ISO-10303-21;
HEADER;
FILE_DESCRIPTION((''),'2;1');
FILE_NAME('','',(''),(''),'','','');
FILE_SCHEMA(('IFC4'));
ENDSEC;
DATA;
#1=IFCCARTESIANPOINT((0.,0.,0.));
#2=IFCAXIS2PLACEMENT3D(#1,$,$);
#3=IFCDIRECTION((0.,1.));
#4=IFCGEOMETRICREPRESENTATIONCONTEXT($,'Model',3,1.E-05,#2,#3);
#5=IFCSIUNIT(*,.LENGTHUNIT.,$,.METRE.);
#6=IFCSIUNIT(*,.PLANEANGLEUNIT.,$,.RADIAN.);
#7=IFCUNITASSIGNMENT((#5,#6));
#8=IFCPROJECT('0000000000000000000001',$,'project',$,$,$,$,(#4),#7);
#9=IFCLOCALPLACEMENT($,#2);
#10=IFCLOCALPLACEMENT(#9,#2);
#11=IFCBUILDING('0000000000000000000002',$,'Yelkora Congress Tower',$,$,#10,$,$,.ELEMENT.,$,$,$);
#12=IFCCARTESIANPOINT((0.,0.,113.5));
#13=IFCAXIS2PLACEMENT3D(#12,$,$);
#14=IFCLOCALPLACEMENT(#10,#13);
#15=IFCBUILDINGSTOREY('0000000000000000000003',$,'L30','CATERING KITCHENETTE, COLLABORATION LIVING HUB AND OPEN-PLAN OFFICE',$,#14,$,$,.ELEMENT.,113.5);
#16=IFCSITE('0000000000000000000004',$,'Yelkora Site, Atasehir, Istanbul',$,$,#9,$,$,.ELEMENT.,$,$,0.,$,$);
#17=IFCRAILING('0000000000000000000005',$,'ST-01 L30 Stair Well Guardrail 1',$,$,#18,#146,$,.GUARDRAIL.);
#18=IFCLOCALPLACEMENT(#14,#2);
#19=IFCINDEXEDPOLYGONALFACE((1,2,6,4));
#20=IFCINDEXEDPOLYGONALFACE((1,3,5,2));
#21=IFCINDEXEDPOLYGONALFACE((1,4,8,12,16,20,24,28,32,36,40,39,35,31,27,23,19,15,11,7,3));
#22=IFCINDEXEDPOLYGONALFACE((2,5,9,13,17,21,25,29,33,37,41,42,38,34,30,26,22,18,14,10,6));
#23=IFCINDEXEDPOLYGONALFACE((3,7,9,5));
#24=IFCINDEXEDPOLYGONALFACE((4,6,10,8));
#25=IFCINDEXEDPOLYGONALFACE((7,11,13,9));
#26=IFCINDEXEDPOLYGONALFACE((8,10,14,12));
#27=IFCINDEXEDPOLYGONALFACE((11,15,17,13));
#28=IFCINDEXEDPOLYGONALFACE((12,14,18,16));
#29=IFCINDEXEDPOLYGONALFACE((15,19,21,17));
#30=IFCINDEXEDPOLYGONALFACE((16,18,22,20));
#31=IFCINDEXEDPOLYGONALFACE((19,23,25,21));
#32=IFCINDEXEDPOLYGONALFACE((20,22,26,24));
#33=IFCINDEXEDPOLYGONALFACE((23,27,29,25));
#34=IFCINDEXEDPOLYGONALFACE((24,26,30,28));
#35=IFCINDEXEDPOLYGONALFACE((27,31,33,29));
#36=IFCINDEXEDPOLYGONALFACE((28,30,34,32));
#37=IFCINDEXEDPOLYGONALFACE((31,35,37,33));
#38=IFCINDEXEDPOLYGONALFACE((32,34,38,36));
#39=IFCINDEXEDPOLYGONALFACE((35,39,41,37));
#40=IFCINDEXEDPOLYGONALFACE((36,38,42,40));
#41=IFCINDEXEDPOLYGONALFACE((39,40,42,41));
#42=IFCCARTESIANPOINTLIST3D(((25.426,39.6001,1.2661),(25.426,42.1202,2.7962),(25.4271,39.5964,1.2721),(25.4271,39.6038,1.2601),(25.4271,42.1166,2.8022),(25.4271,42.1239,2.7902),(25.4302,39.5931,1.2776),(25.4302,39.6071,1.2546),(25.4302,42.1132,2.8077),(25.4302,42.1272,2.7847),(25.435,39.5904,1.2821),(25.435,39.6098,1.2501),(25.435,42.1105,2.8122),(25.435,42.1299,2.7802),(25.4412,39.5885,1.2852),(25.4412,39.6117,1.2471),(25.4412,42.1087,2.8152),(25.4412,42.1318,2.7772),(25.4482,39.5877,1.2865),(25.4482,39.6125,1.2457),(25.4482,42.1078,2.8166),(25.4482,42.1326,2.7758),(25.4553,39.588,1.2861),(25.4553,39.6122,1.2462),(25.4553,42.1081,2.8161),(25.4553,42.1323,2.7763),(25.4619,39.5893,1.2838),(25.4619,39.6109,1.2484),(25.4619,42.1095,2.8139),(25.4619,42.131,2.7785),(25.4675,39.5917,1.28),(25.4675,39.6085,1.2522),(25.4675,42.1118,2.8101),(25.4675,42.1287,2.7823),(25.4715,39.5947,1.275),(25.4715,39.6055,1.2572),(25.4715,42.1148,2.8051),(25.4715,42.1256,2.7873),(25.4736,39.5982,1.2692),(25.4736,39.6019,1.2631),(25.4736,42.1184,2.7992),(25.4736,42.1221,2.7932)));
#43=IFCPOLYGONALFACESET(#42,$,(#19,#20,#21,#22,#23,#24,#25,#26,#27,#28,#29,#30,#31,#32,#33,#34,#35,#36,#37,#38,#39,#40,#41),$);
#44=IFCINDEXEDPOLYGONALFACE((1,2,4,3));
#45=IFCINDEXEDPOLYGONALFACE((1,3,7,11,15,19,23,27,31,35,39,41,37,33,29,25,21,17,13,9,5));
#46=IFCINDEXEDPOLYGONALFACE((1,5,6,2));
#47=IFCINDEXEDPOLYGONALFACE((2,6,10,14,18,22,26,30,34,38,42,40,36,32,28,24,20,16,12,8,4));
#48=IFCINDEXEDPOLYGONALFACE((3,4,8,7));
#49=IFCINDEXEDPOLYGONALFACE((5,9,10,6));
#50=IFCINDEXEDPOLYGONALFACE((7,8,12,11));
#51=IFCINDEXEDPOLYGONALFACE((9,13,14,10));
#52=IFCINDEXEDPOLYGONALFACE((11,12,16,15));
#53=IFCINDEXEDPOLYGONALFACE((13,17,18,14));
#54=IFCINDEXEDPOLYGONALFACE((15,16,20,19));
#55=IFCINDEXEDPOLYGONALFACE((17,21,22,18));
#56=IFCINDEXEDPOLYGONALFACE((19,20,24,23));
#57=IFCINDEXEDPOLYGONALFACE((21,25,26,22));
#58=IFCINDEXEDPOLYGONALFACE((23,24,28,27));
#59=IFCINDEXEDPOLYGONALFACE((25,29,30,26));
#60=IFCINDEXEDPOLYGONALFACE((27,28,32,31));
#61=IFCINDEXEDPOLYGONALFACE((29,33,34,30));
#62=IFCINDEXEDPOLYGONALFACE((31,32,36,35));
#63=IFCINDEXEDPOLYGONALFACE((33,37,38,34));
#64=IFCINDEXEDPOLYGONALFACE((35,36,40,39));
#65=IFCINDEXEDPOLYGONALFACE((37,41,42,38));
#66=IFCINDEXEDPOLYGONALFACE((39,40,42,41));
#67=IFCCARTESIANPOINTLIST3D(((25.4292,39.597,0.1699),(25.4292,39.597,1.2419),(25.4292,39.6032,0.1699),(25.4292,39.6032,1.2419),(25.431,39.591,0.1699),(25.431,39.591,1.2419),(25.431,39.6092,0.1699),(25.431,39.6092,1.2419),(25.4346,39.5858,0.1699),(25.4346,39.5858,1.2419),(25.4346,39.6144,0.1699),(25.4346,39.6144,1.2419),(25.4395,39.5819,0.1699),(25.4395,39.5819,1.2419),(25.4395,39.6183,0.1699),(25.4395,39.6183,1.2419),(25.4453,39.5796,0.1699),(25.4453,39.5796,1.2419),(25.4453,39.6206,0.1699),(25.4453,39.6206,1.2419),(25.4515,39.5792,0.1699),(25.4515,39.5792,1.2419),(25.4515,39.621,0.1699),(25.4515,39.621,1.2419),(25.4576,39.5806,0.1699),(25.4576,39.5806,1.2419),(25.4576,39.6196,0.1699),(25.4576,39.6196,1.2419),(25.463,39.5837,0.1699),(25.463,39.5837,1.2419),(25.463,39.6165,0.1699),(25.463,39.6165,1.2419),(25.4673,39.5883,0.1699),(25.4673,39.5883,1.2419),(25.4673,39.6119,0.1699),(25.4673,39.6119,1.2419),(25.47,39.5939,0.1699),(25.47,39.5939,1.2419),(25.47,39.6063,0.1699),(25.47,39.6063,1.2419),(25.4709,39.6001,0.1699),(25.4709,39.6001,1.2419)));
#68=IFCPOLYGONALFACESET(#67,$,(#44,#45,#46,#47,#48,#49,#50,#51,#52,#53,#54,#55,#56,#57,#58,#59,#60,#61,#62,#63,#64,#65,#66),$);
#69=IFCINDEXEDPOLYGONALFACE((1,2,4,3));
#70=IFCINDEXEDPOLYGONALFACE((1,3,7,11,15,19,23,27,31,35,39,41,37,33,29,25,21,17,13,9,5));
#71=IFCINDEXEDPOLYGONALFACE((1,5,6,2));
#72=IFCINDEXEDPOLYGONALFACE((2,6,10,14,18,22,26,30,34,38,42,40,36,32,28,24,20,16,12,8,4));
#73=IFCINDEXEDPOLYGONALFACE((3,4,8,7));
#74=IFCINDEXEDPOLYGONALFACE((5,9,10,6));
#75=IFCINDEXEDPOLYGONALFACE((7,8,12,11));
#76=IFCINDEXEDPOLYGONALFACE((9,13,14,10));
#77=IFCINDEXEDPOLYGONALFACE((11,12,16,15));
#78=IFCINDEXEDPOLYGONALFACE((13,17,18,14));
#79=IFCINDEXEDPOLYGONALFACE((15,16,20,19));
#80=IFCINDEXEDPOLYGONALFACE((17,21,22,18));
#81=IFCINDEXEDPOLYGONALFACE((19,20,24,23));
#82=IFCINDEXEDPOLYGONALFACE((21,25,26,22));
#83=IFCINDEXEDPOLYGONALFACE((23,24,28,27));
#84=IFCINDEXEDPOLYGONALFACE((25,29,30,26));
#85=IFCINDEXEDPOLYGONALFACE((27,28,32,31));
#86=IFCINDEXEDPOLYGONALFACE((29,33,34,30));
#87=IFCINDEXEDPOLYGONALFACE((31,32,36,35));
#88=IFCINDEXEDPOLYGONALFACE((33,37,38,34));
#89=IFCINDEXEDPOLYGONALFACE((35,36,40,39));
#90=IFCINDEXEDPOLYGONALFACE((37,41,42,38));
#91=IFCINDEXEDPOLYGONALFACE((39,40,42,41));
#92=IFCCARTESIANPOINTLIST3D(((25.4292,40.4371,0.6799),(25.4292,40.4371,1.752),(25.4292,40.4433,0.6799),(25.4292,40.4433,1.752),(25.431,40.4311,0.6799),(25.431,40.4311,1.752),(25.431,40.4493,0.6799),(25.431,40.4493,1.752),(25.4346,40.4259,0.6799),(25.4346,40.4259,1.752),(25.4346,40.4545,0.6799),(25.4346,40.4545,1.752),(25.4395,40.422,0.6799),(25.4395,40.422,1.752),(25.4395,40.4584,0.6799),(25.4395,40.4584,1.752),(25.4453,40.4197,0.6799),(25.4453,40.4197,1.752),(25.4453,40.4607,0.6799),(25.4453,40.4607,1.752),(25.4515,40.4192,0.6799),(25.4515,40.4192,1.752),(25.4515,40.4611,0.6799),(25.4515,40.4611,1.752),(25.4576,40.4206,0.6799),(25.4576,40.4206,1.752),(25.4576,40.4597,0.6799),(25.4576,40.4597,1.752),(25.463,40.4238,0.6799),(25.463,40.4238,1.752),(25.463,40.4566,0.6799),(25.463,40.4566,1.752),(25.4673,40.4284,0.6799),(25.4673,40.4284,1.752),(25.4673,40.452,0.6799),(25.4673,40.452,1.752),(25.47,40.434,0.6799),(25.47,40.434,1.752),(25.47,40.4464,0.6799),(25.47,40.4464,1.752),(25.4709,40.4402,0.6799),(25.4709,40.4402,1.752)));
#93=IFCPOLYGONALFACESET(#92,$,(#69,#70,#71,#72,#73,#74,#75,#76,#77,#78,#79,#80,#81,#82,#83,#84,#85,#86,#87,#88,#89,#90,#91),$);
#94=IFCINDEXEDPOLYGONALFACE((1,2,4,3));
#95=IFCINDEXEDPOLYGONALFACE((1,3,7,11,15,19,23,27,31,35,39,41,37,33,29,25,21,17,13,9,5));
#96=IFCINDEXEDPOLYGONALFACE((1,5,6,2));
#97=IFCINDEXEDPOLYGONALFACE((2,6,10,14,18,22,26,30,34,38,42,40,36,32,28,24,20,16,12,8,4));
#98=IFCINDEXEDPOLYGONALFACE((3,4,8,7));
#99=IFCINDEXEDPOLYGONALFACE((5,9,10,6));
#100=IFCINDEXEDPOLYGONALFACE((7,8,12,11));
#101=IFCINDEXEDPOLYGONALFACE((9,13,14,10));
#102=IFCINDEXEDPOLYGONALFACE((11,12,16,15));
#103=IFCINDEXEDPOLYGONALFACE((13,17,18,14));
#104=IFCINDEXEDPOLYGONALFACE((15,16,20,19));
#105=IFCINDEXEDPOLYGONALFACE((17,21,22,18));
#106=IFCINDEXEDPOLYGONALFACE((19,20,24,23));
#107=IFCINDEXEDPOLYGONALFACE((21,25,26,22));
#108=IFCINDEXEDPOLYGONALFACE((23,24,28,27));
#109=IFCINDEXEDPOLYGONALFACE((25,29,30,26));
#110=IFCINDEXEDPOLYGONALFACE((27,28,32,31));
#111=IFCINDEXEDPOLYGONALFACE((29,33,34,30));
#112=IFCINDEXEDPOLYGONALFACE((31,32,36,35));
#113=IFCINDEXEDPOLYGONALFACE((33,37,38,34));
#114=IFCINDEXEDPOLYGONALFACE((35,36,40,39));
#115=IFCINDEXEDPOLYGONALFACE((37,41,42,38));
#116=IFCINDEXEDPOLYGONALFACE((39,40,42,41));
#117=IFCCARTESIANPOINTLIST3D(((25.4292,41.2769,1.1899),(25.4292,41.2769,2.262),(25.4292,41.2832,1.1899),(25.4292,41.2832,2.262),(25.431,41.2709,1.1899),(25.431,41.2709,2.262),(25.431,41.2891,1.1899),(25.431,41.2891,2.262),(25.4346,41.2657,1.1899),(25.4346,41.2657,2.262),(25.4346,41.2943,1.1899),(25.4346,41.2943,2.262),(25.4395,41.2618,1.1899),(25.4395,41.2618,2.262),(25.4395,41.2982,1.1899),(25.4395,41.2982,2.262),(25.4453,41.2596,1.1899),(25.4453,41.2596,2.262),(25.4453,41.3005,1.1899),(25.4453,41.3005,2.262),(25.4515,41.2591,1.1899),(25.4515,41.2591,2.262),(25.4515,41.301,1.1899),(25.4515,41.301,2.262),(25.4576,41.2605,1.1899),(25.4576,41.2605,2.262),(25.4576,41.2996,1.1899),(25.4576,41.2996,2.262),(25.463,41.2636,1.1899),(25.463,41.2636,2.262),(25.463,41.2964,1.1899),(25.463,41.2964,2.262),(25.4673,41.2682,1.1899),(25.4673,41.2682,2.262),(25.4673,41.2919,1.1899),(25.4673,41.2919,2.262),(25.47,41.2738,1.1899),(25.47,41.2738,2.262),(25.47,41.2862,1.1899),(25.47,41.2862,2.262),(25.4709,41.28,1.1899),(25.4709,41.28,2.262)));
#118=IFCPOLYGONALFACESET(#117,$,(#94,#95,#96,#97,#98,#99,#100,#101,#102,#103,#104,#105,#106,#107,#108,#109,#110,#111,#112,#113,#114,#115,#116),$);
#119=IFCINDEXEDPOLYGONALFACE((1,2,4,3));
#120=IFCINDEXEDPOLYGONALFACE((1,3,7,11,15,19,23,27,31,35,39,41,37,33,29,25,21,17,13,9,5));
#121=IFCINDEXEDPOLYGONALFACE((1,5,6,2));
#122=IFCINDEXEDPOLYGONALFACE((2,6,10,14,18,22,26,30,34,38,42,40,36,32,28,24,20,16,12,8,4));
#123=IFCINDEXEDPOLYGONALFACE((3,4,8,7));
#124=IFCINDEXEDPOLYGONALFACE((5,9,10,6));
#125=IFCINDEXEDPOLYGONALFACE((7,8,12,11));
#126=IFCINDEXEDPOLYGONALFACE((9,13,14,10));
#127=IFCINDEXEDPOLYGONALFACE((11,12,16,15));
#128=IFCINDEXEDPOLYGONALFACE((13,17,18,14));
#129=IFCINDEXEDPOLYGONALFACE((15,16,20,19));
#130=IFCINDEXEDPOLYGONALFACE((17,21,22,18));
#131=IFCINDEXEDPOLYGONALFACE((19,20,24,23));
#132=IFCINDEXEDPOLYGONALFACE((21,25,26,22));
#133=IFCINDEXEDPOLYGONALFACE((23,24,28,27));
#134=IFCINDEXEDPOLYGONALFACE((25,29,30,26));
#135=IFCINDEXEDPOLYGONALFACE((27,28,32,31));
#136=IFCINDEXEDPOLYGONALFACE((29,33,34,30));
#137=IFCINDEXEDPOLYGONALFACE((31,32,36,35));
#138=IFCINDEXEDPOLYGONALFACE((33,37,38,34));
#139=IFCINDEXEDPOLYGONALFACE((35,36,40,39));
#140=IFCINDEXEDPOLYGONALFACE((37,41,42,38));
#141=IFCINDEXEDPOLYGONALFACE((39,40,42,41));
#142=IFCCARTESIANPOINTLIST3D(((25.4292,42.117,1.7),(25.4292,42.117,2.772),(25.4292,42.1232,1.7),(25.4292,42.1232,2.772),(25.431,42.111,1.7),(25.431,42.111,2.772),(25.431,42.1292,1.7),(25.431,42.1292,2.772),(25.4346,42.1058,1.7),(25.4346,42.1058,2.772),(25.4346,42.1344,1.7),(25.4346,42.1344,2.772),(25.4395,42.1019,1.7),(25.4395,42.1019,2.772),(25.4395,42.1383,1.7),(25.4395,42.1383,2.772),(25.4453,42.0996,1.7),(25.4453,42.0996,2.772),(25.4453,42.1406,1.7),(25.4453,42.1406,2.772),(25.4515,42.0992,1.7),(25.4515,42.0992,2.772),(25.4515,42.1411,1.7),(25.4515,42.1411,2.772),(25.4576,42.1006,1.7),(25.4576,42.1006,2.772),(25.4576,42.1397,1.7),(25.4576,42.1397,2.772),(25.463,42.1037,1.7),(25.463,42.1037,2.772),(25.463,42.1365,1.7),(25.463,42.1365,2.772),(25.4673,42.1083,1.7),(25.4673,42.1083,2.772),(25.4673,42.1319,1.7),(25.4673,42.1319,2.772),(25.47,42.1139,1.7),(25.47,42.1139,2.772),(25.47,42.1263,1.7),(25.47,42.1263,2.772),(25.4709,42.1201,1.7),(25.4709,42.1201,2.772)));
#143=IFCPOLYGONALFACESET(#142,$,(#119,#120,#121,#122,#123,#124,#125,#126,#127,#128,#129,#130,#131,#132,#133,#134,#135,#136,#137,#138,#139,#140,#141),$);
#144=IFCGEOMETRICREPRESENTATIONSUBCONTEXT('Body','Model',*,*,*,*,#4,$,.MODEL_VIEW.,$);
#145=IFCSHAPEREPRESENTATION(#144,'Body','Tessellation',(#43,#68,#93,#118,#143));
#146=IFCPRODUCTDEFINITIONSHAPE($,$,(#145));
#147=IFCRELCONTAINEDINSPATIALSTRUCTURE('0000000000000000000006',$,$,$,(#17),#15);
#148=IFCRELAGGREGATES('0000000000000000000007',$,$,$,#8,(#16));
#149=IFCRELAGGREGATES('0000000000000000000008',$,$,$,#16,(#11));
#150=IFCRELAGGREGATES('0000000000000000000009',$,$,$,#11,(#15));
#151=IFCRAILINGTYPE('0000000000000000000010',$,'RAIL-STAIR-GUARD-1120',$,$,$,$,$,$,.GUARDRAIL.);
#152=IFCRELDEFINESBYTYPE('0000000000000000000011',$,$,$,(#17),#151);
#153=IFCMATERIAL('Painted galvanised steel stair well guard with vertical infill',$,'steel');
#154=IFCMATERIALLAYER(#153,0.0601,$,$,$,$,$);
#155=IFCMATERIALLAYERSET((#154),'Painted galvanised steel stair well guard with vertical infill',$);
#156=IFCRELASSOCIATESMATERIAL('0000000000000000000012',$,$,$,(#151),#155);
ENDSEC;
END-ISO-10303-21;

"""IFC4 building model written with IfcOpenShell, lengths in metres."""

from ifc_helpers import new_model, si_unit, direction, frame, origin, origin_2d, place, context, subcontext, project, spatial, circle, extrude, material, layer, layer_set, type_object, element, save


model = new_model("IFC4")

# Units and contexts
model_context = context("Model", 3, precision=1e-05, world=origin(), true_north=direction((0.0, 1.0)))
body_context = subcontext(model_context, "Body", "Model", "MODEL_VIEW")
ifc_project = project(units=[si_unit("LENGTHUNIT", "METRE"), si_unit("PLANEANGLEUNIT", "RADIAN")], contexts=[model_context])

# Site, building, storey
site_placement = place(None, origin())
site = spatial("IfcSite", under=ifc_project, at=site_placement, Name="Yelkora Site, Atasehir, Istanbul", CompositionType="ELEMENT", RefElevation=0.0)
building_placement = place(site_placement, origin())
building = spatial("IfcBuilding", under=site, at=building_placement, Name="Yelkora Congress Tower", CompositionType="ELEMENT")
storey_placement = place(building_placement, frame((0.0, 0.0, 113.5)))
storey = spatial("IfcBuildingStorey", under=building, at=storey_placement, Name="L30", Description="CATERING KITCHENETTE, COLLABORATION LIVING HUB AND OPEN-PLAN OFFICE", CompositionType="ELEMENT", Elevation=113.5)

# Railing
ifc_material_1 = material(Name="Painted galvanised steel stair well guard with vertical infill", Category="steel")
ifc_layer_1 = layer(ifc_material_1, 0.0601)
ifc_layer_set_1 = layer_set([ifc_layer_1], Name="Painted galvanised steel stair well guard with vertical infill")
railing_type_1 = type_object("IfcRailingType", Name="RAIL-STAIR-GUARD-1120", PredefinedType="GUARDRAIL", material=ifc_layer_set_1)
railing_1_placement = place(storey_placement, frame((25.45, 39.6001, 0.1699)))
element("IfcRailing", 1, at=railing_1_placement, inside=storey, type_object=railing_type_1, Name="ST-01 L30 Stair Well Guardrail 1", PredefinedType="GUARDRAIL", context=body_context, shape_type="SweptSolid", body=[
    extrude(circle(Radius=0.0239, at=origin_2d()), frame((0.0, 0.0, 1.0962), z_axis=(0.0, 0.854785, 0.518982), x_axis=(-1.0, 0.0, 0.0)), (0.0, 0.0, 1.0), 2.9482),
    extrude(circle(Radius=0.021, at=origin_2d()), origin(), (0.0, 0.0, 1.0), 1.072),
    extrude(circle(Radius=0.021, at=origin_2d()), frame((0.0, 0.8401, 0.51)), (0.0, 0.0, 1.0), 1.072),
    extrude(circle(Radius=0.021, at=origin_2d()), frame((0.0, 1.6799, 1.02)), (0.0, 0.0, 1.0), 1.072),
    extrude(circle(Radius=0.021, at=origin_2d()), frame((0.0, 2.52, 1.53)), (0.0, 0.0, 1.0), 1.072),
])

save(model, "model.ifc")
